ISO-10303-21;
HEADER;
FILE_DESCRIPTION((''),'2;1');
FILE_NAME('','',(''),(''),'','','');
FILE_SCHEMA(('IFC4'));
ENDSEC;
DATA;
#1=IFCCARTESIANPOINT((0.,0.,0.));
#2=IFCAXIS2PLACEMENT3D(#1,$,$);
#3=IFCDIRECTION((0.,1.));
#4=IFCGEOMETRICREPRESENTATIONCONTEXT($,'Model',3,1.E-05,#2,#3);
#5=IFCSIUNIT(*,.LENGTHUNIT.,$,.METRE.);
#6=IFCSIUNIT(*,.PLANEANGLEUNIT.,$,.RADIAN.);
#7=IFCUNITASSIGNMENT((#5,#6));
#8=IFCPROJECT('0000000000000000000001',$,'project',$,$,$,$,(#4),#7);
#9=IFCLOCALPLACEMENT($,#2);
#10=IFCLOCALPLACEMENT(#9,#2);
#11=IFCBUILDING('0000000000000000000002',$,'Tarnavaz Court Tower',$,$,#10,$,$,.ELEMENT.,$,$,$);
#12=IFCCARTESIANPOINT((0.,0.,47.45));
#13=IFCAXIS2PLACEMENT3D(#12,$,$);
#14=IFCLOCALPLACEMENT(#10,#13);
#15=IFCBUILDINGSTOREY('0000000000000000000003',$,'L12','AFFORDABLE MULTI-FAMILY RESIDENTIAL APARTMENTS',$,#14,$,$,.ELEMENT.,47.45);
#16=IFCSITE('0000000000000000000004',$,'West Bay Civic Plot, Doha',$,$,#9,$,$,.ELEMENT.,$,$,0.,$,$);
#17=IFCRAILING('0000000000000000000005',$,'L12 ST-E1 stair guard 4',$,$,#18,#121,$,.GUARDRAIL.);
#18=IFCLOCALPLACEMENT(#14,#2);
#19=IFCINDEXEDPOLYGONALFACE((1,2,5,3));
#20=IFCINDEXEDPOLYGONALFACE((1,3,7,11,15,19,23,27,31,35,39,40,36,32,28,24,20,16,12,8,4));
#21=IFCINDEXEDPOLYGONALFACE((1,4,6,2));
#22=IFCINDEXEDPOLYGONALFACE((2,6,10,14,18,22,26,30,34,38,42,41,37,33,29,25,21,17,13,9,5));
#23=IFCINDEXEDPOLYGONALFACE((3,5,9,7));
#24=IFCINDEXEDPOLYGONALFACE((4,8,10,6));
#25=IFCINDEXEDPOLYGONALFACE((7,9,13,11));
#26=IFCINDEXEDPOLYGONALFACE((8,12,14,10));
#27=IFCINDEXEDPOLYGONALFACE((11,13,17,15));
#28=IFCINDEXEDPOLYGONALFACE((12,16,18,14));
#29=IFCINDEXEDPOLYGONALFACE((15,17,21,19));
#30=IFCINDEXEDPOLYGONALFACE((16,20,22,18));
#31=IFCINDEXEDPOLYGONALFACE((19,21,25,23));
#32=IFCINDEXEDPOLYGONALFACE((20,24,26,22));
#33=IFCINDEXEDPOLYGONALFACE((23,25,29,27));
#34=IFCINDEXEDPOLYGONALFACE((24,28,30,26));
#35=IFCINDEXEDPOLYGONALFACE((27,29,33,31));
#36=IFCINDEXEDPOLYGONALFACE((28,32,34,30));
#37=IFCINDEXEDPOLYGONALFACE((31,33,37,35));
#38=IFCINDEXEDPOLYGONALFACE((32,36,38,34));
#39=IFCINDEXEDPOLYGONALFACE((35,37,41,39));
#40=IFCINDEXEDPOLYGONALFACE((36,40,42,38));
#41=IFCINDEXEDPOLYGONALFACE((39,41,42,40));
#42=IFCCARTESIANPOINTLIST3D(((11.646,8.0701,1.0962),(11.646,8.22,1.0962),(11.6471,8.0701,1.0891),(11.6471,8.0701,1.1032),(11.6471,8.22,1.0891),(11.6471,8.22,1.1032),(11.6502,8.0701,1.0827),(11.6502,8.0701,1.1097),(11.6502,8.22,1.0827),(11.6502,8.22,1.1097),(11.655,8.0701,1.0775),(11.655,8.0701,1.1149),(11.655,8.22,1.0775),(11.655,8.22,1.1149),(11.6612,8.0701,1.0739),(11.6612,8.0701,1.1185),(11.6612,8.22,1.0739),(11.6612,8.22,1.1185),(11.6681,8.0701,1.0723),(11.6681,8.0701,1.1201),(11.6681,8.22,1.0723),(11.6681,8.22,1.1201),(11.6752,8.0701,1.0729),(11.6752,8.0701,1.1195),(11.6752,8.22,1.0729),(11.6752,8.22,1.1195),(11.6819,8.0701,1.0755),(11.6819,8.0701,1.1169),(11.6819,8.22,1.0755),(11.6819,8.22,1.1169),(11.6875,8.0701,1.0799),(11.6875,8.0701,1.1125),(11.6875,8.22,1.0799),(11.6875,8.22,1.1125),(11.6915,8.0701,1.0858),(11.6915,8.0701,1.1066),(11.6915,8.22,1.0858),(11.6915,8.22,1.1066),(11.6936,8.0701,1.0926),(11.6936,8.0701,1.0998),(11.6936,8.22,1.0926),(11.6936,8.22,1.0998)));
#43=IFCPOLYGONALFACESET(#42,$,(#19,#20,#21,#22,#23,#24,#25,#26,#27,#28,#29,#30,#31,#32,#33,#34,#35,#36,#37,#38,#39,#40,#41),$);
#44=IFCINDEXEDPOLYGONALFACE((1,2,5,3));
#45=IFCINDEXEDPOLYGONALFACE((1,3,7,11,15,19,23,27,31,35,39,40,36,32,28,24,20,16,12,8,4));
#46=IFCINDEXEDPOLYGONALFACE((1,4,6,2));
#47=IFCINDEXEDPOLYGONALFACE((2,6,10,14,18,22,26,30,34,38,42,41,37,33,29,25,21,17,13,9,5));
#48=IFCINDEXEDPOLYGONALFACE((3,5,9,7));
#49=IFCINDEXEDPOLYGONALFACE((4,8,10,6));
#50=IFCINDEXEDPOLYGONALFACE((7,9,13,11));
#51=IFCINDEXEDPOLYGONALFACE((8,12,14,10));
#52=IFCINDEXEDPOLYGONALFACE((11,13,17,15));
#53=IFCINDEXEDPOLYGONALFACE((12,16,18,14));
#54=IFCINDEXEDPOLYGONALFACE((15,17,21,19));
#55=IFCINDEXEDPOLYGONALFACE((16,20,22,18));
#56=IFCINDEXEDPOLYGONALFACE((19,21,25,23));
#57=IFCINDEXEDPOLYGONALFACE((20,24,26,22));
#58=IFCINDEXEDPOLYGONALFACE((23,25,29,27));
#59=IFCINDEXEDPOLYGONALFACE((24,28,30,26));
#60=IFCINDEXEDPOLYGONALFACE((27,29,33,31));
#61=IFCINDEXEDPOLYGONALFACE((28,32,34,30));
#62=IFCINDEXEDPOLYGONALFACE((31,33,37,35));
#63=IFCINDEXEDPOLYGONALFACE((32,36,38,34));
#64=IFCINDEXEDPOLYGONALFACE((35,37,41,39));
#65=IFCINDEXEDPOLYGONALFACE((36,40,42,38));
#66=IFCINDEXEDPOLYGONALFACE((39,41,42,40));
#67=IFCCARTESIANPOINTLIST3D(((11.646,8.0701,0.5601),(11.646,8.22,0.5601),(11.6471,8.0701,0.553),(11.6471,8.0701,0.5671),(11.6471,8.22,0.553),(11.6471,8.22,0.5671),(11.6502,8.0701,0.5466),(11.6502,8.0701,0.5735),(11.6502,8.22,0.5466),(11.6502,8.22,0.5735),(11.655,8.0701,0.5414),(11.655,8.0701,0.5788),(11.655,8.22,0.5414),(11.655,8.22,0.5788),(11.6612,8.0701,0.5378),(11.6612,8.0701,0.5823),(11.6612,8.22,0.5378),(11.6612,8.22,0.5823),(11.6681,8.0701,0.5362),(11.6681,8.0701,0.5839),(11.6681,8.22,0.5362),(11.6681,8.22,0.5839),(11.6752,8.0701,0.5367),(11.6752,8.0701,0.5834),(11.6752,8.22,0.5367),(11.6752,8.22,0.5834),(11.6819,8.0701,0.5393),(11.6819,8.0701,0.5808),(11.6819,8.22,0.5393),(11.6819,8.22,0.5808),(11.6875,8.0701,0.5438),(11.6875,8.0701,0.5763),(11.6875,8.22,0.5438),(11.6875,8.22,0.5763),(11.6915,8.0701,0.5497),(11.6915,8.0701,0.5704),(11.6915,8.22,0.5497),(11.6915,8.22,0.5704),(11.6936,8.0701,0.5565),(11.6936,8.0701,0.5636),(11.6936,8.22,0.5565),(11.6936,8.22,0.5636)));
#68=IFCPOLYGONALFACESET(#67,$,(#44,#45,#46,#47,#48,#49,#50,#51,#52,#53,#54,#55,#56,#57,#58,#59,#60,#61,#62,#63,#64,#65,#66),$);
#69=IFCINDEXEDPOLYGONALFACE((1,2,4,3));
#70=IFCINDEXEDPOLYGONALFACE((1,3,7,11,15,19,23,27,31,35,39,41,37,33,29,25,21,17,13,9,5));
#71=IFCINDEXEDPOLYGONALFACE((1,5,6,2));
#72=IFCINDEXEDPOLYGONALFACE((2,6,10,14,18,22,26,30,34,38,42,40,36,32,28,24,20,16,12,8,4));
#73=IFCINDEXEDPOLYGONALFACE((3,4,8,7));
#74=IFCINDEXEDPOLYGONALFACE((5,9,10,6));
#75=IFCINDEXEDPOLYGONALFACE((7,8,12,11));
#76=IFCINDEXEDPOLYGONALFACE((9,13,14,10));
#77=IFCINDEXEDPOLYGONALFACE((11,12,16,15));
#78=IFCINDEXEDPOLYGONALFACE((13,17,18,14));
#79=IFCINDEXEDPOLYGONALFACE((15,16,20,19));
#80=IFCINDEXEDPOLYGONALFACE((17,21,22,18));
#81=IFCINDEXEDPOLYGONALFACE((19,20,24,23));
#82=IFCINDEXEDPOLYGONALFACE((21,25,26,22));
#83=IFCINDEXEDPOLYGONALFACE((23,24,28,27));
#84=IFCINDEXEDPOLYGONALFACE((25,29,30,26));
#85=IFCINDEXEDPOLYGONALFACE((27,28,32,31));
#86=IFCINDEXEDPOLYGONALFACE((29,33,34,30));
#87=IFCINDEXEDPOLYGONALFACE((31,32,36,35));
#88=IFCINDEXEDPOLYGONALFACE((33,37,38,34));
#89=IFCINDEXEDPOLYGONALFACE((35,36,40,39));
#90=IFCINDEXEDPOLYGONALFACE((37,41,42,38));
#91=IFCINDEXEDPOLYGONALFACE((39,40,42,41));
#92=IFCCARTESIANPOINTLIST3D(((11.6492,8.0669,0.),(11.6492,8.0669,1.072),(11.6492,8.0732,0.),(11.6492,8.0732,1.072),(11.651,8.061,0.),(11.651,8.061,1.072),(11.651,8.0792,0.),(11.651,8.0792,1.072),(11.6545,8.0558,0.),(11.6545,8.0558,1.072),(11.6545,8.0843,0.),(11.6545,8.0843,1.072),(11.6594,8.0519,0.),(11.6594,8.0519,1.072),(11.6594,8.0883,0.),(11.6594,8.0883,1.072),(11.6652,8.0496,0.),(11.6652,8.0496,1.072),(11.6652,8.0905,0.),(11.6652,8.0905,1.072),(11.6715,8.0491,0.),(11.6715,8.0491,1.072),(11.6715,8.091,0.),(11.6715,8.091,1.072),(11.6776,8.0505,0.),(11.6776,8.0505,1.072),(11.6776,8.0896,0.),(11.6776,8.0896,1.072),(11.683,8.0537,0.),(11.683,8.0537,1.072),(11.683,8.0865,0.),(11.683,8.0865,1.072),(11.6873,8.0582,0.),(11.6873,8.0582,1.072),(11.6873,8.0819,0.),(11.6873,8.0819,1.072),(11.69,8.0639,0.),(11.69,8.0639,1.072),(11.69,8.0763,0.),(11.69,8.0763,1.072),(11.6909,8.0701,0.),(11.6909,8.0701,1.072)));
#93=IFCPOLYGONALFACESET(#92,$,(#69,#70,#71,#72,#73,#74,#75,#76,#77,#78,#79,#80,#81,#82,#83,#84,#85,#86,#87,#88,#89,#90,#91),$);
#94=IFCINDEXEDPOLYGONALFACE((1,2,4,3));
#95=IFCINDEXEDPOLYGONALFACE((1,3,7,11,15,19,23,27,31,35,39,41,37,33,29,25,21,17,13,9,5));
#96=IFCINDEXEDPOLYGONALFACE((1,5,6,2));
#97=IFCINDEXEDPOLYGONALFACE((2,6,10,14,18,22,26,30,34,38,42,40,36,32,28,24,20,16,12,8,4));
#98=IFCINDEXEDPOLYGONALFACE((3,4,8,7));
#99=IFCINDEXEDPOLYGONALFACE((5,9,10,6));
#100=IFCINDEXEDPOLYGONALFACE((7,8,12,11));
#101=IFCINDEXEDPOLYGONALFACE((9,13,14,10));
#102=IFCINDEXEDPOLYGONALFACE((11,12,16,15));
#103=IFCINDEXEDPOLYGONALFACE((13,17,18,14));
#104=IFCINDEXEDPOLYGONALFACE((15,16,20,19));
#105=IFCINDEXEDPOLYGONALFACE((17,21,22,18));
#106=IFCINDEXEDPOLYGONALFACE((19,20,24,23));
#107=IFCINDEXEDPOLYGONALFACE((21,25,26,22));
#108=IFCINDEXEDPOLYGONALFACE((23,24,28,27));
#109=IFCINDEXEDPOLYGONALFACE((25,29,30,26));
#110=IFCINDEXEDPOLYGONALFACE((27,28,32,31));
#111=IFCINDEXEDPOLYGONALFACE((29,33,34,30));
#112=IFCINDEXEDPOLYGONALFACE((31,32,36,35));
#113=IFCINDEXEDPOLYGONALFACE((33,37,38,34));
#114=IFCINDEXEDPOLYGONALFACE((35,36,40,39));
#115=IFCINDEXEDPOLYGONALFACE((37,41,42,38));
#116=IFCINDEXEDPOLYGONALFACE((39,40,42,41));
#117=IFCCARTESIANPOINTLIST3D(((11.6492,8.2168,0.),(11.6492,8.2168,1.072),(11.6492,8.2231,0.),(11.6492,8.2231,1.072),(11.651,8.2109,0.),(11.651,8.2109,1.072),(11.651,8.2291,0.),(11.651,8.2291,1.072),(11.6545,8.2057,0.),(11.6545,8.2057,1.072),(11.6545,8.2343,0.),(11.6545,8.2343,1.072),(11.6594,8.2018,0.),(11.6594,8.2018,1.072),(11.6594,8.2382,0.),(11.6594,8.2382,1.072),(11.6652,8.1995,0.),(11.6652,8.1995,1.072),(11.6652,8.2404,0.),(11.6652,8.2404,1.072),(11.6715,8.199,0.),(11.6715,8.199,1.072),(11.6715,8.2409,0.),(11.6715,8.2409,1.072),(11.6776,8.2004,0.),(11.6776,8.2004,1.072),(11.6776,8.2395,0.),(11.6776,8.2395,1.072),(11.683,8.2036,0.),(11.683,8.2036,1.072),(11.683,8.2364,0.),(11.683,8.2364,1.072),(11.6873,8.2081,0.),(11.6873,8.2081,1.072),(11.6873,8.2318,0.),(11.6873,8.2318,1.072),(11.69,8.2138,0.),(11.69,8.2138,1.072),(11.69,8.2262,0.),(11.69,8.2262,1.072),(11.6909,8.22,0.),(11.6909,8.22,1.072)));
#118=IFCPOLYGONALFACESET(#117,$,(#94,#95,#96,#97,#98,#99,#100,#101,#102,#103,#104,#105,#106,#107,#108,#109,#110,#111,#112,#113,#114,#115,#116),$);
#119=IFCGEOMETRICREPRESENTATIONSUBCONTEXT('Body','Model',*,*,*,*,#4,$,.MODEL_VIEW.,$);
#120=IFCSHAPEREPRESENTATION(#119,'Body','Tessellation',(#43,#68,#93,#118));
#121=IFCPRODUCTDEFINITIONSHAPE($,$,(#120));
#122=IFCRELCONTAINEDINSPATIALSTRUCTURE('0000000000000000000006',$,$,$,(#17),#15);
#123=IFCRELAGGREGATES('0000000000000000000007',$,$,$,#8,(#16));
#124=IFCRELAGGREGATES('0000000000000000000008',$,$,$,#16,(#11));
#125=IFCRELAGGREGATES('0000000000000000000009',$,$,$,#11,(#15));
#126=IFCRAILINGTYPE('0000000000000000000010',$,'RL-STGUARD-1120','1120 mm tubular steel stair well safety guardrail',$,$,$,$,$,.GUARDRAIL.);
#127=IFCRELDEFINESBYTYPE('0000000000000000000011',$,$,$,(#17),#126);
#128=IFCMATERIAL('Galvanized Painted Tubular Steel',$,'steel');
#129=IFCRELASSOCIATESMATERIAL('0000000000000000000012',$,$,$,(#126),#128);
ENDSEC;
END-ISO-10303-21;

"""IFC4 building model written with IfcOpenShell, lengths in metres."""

from ifc_helpers import new_model, si_unit, direction, frame, origin, origin_2d, place, context, subcontext, project, spatial, circle, extrude, material, type_object, element, save


model = new_model("IFC4")

# Units and contexts
model_context = context("Model", 3, precision=1e-05, world=origin(), true_north=direction((0.0, 1.0)))
body_context = subcontext(model_context, "Body", "Model", "MODEL_VIEW")
ifc_project = project(units=[si_unit("LENGTHUNIT", "METRE"), si_unit("PLANEANGLEUNIT", "RADIAN")], contexts=[model_context])

# Site, building, storey
site_placement = place(None, origin())
site = spatial("IfcSite", under=ifc_project, at=site_placement, Name="West Bay Civic Plot, Doha", CompositionType="ELEMENT", RefElevation=0.0)
building_placement = place(site_placement, origin())
building = spatial("IfcBuilding", under=site, at=building_placement, Name="Tarnavaz Court Tower", CompositionType="ELEMENT")
storey_placement = place(building_placement, frame((0.0, 0.0, 47.45)))
storey = spatial("IfcBuildingStorey", under=building, at=storey_placement, Name="L12", Description="AFFORDABLE MULTI-FAMILY RESIDENTIAL APARTMENTS", CompositionType="ELEMENT", Elevation=47.45)

# Railing
ifc_material_1 = material(Name="Galvanized Painted Tubular Steel", Category="steel")
railing_type_1 = type_object("IfcRailingType", Name="RL-STGUARD-1120", Description="1120 mm tubular steel stair well safety guardrail", PredefinedType="GUARDRAIL", material=ifc_material_1)
railing_1_placement = place(storey_placement, frame((11.6699, 8.0701, 0.0)))
element("IfcRailing", 1, at=railing_1_placement, inside=storey, type_object=railing_type_1, Name="L12 ST-E1 stair guard 4", PredefinedType="GUARDRAIL", context=body_context, shape_type="SweptSolid", body=[
    extrude(circle(Radius=0.0239, at=origin_2d()), frame((0.0, 0.0, 1.0962), z_axis=(0.0, 1.0, 0.0), x_axis=(-1.0, 0.0, 0.0)), (0.0, 0.0, 1.0), 0.1499),
    extrude(circle(Radius=0.0239, at=origin_2d()), frame((0.0, 0.0, 0.5601), z_axis=(0.0, 1.0, 0.0), x_axis=(-1.0, 0.0, 0.0)), (0.0, 0.0, 1.0), 0.1499),
    extrude(circle(Radius=0.021, at=origin_2d()), origin(), (0.0, 0.0, 1.0), 1.072),
    extrude(circle(Radius=0.021, at=origin_2d()), frame((0.0, 0.1499, 0.0)), (0.0, 0.0, 1.0), 1.072),
])

save(model, "model.ifc")
